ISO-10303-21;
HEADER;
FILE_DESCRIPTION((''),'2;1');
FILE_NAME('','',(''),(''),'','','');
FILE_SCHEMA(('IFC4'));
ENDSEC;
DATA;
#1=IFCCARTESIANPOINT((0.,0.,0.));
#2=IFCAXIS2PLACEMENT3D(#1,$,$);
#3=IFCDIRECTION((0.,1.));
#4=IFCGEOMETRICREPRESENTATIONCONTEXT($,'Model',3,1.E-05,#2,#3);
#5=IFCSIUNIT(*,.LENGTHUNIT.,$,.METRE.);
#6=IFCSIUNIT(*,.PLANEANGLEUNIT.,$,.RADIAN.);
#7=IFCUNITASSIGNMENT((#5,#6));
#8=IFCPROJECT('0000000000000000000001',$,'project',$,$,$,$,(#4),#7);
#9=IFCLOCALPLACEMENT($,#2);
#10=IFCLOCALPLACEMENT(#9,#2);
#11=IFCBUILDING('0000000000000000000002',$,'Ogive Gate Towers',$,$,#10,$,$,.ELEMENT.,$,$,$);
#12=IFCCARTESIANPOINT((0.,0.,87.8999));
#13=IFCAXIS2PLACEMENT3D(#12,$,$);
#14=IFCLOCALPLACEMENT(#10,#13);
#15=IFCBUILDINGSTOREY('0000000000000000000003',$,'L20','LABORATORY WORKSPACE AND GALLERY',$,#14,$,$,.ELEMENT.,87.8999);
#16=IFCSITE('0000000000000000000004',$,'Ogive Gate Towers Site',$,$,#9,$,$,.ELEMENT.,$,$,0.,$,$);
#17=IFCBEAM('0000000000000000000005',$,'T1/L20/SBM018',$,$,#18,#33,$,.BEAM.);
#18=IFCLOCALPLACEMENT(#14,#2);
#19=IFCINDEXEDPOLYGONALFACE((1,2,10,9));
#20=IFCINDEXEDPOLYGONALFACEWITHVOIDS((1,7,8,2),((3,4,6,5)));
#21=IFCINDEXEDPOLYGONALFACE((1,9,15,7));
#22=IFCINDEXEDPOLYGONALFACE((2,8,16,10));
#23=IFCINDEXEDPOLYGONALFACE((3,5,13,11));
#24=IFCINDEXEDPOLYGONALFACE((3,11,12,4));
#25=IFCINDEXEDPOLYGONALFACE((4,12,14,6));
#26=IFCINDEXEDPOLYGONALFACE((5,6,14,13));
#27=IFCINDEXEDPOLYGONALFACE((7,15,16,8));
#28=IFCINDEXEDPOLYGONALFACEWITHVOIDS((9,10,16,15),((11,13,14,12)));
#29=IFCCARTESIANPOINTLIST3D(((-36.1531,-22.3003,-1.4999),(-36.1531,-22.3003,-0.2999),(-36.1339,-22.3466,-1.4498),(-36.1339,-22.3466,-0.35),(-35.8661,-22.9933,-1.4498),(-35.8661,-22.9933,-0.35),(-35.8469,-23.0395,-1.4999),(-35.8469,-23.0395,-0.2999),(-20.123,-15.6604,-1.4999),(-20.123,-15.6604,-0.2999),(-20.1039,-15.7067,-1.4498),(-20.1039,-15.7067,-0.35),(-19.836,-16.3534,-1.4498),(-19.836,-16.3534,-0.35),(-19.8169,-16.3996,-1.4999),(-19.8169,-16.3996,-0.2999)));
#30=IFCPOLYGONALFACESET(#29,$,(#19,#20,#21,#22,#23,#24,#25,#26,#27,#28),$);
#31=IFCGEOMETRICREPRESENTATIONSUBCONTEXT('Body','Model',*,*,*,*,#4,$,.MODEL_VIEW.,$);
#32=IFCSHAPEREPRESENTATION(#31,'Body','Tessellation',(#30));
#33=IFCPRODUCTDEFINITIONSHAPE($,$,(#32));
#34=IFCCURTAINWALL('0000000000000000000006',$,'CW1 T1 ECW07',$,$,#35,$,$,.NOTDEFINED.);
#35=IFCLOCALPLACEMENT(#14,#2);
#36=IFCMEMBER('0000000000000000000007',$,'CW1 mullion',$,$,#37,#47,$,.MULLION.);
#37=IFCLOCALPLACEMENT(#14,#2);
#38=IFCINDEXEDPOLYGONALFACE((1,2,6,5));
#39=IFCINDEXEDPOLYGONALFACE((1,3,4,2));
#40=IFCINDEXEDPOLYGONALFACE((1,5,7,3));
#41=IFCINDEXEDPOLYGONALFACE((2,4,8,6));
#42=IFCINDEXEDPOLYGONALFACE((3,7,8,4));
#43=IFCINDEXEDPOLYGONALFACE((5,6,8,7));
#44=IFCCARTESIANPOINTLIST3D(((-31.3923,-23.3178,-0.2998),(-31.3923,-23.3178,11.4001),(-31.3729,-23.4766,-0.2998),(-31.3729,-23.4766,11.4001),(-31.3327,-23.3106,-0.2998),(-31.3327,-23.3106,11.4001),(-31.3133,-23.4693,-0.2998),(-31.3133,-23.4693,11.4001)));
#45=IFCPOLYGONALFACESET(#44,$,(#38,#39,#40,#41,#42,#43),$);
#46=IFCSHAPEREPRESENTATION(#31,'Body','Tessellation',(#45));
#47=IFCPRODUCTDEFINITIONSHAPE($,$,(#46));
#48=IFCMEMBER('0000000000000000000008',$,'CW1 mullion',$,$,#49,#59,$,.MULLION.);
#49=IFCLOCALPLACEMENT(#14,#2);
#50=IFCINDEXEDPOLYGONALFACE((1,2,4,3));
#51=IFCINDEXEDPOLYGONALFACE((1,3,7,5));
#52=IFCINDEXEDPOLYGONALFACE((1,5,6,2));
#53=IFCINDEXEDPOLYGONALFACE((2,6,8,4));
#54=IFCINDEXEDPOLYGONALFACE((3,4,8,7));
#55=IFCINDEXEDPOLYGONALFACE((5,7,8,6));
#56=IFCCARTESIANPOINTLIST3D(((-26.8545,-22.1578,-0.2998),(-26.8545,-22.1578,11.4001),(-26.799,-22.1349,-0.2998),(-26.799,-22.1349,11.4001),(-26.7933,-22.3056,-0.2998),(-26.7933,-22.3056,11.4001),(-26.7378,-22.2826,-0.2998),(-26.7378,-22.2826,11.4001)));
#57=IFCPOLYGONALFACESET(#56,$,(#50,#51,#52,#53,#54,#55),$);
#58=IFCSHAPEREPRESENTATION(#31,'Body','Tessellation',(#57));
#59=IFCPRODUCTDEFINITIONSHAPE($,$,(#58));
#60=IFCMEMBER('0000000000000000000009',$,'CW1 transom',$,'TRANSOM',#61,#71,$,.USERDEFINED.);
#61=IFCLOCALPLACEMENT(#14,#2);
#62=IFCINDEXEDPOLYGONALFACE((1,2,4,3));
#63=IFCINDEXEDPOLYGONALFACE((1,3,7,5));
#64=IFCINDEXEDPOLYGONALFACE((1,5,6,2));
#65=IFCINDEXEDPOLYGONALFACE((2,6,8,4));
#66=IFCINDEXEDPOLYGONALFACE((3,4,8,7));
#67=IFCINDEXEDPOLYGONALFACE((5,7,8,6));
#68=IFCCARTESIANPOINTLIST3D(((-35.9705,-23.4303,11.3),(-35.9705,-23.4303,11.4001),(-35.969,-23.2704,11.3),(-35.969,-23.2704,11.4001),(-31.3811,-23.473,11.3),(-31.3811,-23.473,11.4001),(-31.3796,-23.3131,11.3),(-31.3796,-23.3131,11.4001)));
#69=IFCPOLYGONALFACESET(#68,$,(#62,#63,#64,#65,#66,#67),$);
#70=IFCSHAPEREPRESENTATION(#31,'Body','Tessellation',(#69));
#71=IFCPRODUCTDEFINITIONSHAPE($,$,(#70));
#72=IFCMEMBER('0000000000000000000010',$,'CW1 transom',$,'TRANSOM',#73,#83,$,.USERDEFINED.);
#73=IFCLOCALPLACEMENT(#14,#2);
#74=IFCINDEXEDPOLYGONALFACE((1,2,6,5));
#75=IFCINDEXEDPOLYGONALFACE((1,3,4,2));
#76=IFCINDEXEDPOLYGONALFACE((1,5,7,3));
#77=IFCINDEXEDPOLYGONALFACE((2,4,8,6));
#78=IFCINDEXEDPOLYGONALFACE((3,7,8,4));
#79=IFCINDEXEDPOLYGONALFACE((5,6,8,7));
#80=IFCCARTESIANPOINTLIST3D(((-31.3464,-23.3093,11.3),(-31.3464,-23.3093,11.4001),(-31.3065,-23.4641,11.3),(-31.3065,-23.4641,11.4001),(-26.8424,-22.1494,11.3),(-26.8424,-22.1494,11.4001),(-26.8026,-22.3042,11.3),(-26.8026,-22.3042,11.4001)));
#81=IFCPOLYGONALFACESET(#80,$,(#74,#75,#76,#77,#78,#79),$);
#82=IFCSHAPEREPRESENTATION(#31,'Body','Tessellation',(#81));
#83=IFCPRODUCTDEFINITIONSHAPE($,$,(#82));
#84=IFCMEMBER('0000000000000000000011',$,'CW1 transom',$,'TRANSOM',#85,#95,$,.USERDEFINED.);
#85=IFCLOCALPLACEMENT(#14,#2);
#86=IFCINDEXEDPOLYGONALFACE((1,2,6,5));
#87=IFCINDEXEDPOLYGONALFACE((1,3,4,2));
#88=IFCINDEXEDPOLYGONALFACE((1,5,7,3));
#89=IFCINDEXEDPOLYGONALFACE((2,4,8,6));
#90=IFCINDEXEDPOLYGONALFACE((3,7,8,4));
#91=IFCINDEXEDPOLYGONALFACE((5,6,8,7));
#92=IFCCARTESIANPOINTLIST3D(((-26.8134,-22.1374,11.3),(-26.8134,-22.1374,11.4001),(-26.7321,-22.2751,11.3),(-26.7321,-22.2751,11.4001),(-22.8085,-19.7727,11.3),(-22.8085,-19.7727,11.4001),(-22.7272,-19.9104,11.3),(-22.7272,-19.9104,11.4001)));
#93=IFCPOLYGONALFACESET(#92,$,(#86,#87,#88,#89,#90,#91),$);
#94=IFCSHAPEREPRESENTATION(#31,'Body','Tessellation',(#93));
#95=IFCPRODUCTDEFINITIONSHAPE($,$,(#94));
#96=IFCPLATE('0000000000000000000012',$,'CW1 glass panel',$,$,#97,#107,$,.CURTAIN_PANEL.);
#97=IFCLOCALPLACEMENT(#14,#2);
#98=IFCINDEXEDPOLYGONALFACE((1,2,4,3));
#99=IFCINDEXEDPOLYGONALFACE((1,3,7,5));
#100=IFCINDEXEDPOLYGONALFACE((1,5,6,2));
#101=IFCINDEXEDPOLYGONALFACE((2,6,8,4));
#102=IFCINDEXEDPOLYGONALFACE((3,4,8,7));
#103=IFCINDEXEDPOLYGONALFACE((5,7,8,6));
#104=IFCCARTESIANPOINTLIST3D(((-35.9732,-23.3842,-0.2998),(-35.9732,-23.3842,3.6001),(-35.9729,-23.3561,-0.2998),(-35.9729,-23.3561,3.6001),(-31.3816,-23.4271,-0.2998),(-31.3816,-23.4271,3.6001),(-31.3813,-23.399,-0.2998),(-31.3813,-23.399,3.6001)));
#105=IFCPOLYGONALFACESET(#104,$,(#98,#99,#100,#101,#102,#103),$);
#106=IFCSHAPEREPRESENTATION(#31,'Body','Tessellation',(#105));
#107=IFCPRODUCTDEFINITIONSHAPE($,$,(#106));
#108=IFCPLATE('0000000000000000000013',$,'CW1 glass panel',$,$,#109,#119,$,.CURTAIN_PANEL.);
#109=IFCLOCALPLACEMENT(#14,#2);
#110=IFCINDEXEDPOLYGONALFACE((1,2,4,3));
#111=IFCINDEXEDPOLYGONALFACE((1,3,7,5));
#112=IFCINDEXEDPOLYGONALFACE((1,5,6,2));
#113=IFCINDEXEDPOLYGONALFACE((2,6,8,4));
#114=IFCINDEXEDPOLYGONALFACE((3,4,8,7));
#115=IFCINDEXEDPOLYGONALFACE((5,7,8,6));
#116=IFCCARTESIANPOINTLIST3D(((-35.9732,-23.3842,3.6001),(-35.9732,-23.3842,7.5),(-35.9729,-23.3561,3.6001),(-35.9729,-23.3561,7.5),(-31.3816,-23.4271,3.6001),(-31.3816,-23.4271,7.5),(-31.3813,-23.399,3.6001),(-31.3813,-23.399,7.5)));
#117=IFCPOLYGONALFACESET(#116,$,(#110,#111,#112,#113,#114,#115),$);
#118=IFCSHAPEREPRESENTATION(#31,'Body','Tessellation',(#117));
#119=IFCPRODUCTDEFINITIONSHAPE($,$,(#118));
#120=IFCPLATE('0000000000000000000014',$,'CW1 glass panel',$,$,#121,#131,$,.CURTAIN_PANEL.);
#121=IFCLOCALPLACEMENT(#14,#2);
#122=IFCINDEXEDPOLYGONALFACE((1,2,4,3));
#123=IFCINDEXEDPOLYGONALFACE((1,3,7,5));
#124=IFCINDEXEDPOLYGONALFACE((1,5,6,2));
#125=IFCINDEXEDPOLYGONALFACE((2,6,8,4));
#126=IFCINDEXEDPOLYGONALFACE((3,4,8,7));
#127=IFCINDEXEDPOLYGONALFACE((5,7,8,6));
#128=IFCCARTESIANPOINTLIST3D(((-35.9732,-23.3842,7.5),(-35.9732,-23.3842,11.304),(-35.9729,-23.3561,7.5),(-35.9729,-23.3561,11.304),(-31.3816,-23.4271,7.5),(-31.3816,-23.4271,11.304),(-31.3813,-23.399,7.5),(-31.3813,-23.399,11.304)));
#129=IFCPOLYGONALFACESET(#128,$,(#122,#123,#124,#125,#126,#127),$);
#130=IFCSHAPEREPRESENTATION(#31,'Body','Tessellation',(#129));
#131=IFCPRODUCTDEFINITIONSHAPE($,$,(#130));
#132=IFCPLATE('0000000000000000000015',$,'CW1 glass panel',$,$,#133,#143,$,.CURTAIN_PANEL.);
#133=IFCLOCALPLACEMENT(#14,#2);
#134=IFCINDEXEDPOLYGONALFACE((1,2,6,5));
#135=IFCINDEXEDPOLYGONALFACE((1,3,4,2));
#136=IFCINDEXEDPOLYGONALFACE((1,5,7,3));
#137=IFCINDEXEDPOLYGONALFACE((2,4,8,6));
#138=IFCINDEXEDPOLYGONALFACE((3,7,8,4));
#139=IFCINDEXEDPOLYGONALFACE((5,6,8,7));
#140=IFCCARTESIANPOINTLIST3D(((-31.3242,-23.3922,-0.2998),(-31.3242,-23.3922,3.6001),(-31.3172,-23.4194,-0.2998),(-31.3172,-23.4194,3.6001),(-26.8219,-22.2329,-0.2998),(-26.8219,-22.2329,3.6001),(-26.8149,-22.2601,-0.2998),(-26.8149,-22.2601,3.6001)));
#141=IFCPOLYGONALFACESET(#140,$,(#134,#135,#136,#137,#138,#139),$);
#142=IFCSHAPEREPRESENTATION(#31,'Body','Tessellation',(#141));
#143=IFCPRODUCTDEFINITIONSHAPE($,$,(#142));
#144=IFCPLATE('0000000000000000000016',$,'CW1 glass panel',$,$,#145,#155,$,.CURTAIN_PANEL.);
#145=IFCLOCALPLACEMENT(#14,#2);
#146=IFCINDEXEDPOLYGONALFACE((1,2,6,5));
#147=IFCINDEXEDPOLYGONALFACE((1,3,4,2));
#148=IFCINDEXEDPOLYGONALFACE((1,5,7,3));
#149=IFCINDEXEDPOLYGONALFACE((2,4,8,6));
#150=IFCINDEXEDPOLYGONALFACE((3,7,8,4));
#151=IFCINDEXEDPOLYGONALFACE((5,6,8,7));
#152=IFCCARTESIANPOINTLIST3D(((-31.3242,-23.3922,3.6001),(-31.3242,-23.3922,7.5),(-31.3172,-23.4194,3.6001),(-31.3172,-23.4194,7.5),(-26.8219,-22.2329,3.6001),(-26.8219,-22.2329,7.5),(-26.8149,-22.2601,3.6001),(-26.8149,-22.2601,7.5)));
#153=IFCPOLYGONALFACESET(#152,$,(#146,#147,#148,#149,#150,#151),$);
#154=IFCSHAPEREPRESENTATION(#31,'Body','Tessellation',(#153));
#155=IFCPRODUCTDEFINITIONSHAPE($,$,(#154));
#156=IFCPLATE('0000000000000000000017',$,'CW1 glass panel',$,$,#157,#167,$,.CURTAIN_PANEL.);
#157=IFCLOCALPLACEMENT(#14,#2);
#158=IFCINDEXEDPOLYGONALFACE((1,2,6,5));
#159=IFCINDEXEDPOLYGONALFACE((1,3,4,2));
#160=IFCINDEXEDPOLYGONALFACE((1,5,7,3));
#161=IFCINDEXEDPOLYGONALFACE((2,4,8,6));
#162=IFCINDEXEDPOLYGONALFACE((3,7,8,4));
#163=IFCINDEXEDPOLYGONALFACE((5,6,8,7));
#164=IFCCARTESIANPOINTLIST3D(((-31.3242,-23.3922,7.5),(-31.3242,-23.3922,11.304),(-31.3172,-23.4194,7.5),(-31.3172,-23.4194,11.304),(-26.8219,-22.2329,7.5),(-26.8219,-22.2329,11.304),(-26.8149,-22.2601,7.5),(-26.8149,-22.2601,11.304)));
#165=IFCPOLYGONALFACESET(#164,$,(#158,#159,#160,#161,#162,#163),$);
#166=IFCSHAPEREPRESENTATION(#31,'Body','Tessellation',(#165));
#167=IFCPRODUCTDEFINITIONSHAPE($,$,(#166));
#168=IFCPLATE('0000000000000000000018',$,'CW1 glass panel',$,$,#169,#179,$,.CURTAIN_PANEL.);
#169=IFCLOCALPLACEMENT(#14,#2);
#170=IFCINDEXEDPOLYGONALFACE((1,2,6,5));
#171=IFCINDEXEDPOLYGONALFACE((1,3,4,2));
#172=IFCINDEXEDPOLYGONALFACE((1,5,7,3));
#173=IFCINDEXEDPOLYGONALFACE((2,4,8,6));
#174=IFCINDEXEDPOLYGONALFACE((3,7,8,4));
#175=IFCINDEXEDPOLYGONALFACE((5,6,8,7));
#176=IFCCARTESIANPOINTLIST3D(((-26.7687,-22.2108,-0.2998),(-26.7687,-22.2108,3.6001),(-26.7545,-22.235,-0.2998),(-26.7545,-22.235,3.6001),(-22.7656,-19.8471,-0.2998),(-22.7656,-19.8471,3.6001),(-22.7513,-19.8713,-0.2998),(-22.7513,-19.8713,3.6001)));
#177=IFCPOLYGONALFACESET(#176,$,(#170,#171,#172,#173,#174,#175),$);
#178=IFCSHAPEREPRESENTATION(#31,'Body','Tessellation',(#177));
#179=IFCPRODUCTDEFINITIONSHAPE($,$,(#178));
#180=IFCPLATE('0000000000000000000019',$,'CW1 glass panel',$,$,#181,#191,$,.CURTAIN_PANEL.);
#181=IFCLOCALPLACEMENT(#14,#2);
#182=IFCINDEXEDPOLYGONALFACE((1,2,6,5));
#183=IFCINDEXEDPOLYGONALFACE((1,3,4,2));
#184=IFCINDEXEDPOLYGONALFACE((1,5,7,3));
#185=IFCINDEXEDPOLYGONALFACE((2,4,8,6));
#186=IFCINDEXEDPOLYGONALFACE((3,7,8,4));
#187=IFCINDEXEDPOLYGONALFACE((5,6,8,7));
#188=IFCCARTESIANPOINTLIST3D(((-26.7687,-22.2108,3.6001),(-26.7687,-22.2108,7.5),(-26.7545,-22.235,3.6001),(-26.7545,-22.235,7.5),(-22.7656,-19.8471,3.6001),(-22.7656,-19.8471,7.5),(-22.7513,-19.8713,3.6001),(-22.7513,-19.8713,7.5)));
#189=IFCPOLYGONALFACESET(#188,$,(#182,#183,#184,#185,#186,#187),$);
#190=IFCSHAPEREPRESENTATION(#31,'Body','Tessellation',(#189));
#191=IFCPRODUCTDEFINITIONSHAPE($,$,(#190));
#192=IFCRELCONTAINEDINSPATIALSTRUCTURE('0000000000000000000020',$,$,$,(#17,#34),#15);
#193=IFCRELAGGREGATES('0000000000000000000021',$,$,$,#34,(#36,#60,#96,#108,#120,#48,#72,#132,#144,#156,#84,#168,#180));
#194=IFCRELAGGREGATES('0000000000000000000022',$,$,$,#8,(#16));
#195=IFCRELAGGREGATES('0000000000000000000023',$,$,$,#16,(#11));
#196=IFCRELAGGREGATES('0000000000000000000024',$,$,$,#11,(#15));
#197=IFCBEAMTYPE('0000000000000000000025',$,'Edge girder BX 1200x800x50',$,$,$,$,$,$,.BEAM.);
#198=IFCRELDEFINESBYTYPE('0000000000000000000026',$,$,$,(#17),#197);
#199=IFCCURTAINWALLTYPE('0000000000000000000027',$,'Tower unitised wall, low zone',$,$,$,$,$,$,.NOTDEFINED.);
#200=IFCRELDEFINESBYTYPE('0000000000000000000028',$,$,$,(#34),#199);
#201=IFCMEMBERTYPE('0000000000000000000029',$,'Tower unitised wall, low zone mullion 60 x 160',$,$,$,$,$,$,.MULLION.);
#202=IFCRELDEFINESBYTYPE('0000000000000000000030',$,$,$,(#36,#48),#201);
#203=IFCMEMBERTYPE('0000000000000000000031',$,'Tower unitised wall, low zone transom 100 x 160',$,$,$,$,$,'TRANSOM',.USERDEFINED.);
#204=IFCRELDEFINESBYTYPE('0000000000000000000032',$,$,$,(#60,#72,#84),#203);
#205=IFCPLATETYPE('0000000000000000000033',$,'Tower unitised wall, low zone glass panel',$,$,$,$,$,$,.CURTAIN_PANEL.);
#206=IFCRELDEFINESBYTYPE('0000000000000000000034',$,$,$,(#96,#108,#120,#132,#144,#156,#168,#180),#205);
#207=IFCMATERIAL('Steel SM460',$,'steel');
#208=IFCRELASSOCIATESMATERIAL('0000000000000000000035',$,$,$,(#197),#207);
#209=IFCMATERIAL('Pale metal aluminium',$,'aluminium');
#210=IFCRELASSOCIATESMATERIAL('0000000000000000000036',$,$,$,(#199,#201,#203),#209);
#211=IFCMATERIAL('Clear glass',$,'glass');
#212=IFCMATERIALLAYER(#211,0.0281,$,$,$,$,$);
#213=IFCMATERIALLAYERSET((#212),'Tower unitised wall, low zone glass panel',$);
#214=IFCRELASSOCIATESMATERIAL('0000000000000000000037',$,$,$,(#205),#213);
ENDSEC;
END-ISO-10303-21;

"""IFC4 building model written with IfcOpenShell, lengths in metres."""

from ifc_helpers import new_model, si_unit, direction, frame, origin, origin_2d, place, context, subcontext, project, spatial, rectangle, hollow_rectangle, extrude, material, layer, layer_set, material_profile, profile_set, type_object, element, aggregate, save


model = new_model("IFC4")

# Units and contexts
model_context = context("Model", 3, precision=1e-05, world=origin(), true_north=direction((0.0, 1.0)))
body_context = subcontext(model_context, "Body", "Model", "MODEL_VIEW")
ifc_project = project(units=[si_unit("LENGTHUNIT", "METRE"), si_unit("PLANEANGLEUNIT", "RADIAN")], contexts=[model_context])

# Site, building, storey
site_placement = place(None, origin())
site = spatial("IfcSite", under=ifc_project, at=site_placement, Name="Ogive Gate Towers Site", CompositionType="ELEMENT", RefElevation=0.0)
building_placement = place(site_placement, origin())
building = spatial("IfcBuilding", under=site, at=building_placement, Name="Ogive Gate Towers", CompositionType="ELEMENT")
storey_placement = place(building_placement, frame((0.0, 0.0, 87.8999)))
storey = spatial("IfcBuildingStorey", under=building, at=storey_placement, Name="L20", Description="LABORATORY WORKSPACE AND GALLERY", CompositionType="ELEMENT", Elevation=87.8999)

# Beam
ifc_material_1 = material(Name="Steel SM460", Category="steel")
ifc_material_profile_1 = material_profile(ifc_material_1, hollow_rectangle(XDim=0.8, YDim=1.2, WallThickness=0.05, at=origin_2d()), Name="BX 1200x800x50")
ifc_profile_set_1 = profile_set([ifc_material_profile_1], Name="Steel SM460")
beam_type = type_object("IfcBeamType", Name="Edge girder BX 1200x800x50", PredefinedType="BEAM", material=ifc_profile_set_1)
beam_placement = place(storey_placement, frame((-36.0, -22.6699, -0.8999), z_axis=(0.923879, 0.382685, 0.0), x_axis=(-0.382685, 0.923879, 0.0)))
element("IfcBeam", 1, at=beam_placement, inside=storey, type_object=beam_type, Name="T1/L20/SBM018", PredefinedType="BEAM", context=body_context, shape_type="SweptSolid", body=[
    extrude(hollow_rectangle(XDim=0.8, YDim=1.2, WallThickness=0.05, at=origin_2d()), origin(), (0.0, 0.0, 1.0), 17.3508),
])

# Curtain wall, members, plates
ifc_material_2 = material(Name="Pale metal aluminium", Category="aluminium")
curtain_wall_type = type_object("IfcCurtainWallType", Name="Tower unitised wall, low zone", PredefinedType="NOTDEFINED", material=ifc_material_2)
curtain_wall_placement = place(storey_placement, origin())
curtain_wall = element("IfcCurtainWall", 2, at=curtain_wall_placement, inside=storey, type_object=curtain_wall_type, Name="CW1 T1 ECW07", PredefinedType="NOTDEFINED")
ifc_material_profile_2 = material_profile(ifc_material_2, rectangle(XDim=0.1599, YDim=0.0601, at=origin_2d()), Name="60 x 160 aluminium box")
ifc_profile_set_2 = profile_set([ifc_material_profile_2], Name="Pale metal aluminium")
member_type_1 = type_object("IfcMemberType", Name="Tower unitised wall, low zone mullion 60 x 160", PredefinedType="MULLION", material=ifc_profile_set_2)
member_1_placement = place(storey_placement, frame((-31.3528, -23.3936, -0.2998), z_axis=(0.0, 0.0, 1.0), x_axis=(0.121038, -0.992648, 0.0)))
member_1 = element("IfcMember", 3, at=member_1_placement, type_object=member_type_1, Name="CW1 mullion", PredefinedType="MULLION", context=body_context, shape_type="SweptSolid", body=[
    extrude(rectangle(XDim=0.1599, YDim=0.0601, at=origin_2d()), origin(), (0.0, 0.0, 1.0), 11.7),
])
member_2_placement = place(storey_placement, frame((-26.7961, -22.2202, -0.2998), z_axis=(0.0, 0.0, 1.0), x_axis=(0.382683, -0.92388, 0.0)))
member_2 = element("IfcMember", 4, at=member_2_placement, type_object=member_type_1, Name="CW1 mullion", PredefinedType="MULLION", context=body_context, shape_type="SweptSolid", body=[
    extrude(rectangle(XDim=0.1599, YDim=0.0601, at=origin_2d()), origin(), (0.0, 0.0, 1.0), 11.7),
])
ifc_material_profile_3 = material_profile(ifc_material_2, rectangle(XDim=0.1599, YDim=0.1001, at=origin_2d()), Name="100 x 160 aluminium box")
ifc_profile_set_3 = profile_set([ifc_material_profile_3], Name="Pale metal aluminium")
member_type_2 = type_object("IfcMemberType", Name="Tower unitised wall, low zone transom 100 x 160", ElementType="TRANSOM", PredefinedType="USERDEFINED", material=ifc_profile_set_3)
member_3_placement = place(storey_placement, frame((-35.9697, -23.3503, 11.3501), z_axis=(0.999957, -0.009309, 0.0), x_axis=(0.009309, 0.999957, 0.0)))
member_3 = element("IfcMember", 5, at=member_3_placement, type_object=member_type_2, Name="CW1 transom", ObjectType="TRANSOM", PredefinedType="USERDEFINED", context=body_context, shape_type="SweptSolid", body=[
    extrude(rectangle(XDim=0.1599, YDim=0.1001, at=origin_2d()), origin(), (0.0, 0.0, 1.0), 4.5896),
])
member_4_placement = place(storey_placement, frame((-31.3264, -23.3867, 11.3501), z_axis=(0.968401, 0.249397, 0.0), x_axis=(-0.249397, 0.968401, 0.0)))
member_4 = element("IfcMember", 6, at=member_4_placement, type_object=member_type_2, Name="CW1 transom", ObjectType="TRANSOM", PredefinedType="USERDEFINED", context=body_context, shape_type="SweptSolid", body=[
    extrude(rectangle(XDim=0.1599, YDim=0.1001, at=origin_2d()), origin(), (0.0, 0.0, 1.0), 4.6509),
])
member_5_placement = place(storey_placement, frame((-26.7727, -22.2063, 11.3501), z_axis=(0.861094, 0.508446, 0.0), x_axis=(-0.508446, 0.861094, 0.0)))
member_5 = element("IfcMember", 7, at=member_5_placement, type_object=member_type_2, Name="CW1 transom", ObjectType="TRANSOM", PredefinedType="USERDEFINED", context=body_context, shape_type="SweptSolid", body=[
    extrude(rectangle(XDim=0.1599, YDim=0.1001, at=origin_2d()), origin(), (0.0, 0.0, 1.0), 4.6509),
])
ifc_material_3 = material(Name="Clear glass", Category="glass")
ifc_layer = layer(ifc_material_3, 0.0281)
ifc_layer_set = layer_set([ifc_layer], Name="Tower unitised wall, low zone glass panel")
plate_type = type_object("IfcPlateType", Name="Tower unitised wall, low zone glass panel", PredefinedType="CURTAIN_PANEL", material=ifc_layer_set)
plate_1_placement = place(storey_placement, frame((-33.6772, -23.3916, -0.2998), z_axis=(0.0, 0.0, 1.0), x_axis=(0.999956, -0.009337, 0.0)))
plate_1 = element("IfcPlate", 8, at=plate_1_placement, type_object=plate_type, Name="CW1 glass panel", PredefinedType="CURTAIN_PANEL", context=body_context, shape_type="SweptSolid", body=[
    extrude(rectangle(XDim=4.5918, YDim=0.0281, at=origin_2d()), origin(), (0.0, 0.0, 1.0), 3.8999),
])
plate_2_placement = place(storey_placement, frame((-33.6772, -23.3916, 3.6001), z_axis=(0.0, 0.0, 1.0), x_axis=(0.999956, -0.009337, 0.0)))
plate_2 = element("IfcPlate", 9, at=plate_2_placement, type_object=plate_type, Name="CW1 glass panel", PredefinedType="CURTAIN_PANEL", context=body_context, shape_type="SweptSolid", body=[
    extrude(rectangle(XDim=4.5918, YDim=0.0281, at=origin_2d()), origin(), (0.0, 0.0, 1.0), 3.8999),
])
plate_3_placement = place(storey_placement, frame((-33.6772, -23.3916, 7.5), z_axis=(0.0, 0.0, 1.0), x_axis=(0.999956, -0.009337, 0.0)))
plate_3 = element("IfcPlate", 10, at=plate_3_placement, type_object=plate_type, Name="CW1 glass panel", PredefinedType="CURTAIN_PANEL", context=body_context, shape_type="SweptSolid", body=[
    extrude(rectangle(XDim=4.5918, YDim=0.0281, at=origin_2d()), origin(), (0.0, 0.0, 1.0), 3.804),
])
plate_4_placement = place(storey_placement, frame((-29.0696, -22.8262, -0.2998), z_axis=(0.0, 0.0, 1.0), x_axis=(0.968414, 0.249349, 0.0)))
plate_4 = element("IfcPlate", 11, at=plate_4_placement, type_object=plate_type, Name="CW1 glass panel", PredefinedType="CURTAIN_PANEL", context=body_context, shape_type="SweptSolid", body=[
    extrude(rectangle(XDim=4.6492, YDim=0.0281, at=origin_2d()), origin(), (0.0, 0.0, 1.0), 3.8999),
])
plate_5_placement = place(storey_placement, frame((-29.0696, -22.8262, 3.6001), z_axis=(0.0, 0.0, 1.0), x_axis=(0.968414, 0.249349, 0.0)))
plate_5 = element("IfcPlate", 12, at=plate_5_placement, type_object=plate_type, Name="CW1 glass panel", PredefinedType="CURTAIN_PANEL", context=body_context, shape_type="SweptSolid", body=[
    extrude(rectangle(XDim=4.6492, YDim=0.0281, at=origin_2d()), origin(), (0.0, 0.0, 1.0), 3.8999),
])
plate_6_placement = place(storey_placement, frame((-29.0696, -22.8262, 7.5), z_axis=(0.0, 0.0, 1.0), x_axis=(0.968414, 0.249349, 0.0)))
plate_6 = element("IfcPlate", 13, at=plate_6_placement, type_object=plate_type, Name="CW1 glass panel", PredefinedType="CURTAIN_PANEL", context=body_context, shape_type="SweptSolid", body=[
    extrude(rectangle(XDim=4.6492, YDim=0.0281, at=origin_2d()), origin(), (0.0, 0.0, 1.0), 3.804),
])
plate_7_placement = place(storey_placement, frame((-24.76, -21.041, -0.2998), z_axis=(0.0, 0.0, 1.0), x_axis=(0.861097, 0.50844, 0.0)))
plate_7 = element("IfcPlate", 14, at=plate_7_placement, type_object=plate_type, Name="CW1 glass panel", PredefinedType="CURTAIN_PANEL", context=body_context, shape_type="SweptSolid", body=[
    extrude(rectangle(XDim=4.6489, YDim=0.0281, at=origin_2d()), origin(), (0.0, 0.0, 1.0), 3.8999),
])
plate_8_placement = place(storey_placement, frame((-24.76, -21.041, 3.6001), z_axis=(0.0, 0.0, 1.0), x_axis=(0.861097, 0.50844, 0.0)))
plate_8 = element("IfcPlate", 15, at=plate_8_placement, type_object=plate_type, Name="CW1 glass panel", PredefinedType="CURTAIN_PANEL", context=body_context, shape_type="SweptSolid", body=[
    extrude(rectangle(XDim=4.6489, YDim=0.0281, at=origin_2d()), origin(), (0.0, 0.0, 1.0), 3.8999),
])
aggregate(curtain_wall, [member_1, member_3, plate_1, plate_2, plate_3, member_2, member_4, plate_4, plate_5, plate_6, member_5, plate_7, plate_8])

save(model, "model.ifc")
